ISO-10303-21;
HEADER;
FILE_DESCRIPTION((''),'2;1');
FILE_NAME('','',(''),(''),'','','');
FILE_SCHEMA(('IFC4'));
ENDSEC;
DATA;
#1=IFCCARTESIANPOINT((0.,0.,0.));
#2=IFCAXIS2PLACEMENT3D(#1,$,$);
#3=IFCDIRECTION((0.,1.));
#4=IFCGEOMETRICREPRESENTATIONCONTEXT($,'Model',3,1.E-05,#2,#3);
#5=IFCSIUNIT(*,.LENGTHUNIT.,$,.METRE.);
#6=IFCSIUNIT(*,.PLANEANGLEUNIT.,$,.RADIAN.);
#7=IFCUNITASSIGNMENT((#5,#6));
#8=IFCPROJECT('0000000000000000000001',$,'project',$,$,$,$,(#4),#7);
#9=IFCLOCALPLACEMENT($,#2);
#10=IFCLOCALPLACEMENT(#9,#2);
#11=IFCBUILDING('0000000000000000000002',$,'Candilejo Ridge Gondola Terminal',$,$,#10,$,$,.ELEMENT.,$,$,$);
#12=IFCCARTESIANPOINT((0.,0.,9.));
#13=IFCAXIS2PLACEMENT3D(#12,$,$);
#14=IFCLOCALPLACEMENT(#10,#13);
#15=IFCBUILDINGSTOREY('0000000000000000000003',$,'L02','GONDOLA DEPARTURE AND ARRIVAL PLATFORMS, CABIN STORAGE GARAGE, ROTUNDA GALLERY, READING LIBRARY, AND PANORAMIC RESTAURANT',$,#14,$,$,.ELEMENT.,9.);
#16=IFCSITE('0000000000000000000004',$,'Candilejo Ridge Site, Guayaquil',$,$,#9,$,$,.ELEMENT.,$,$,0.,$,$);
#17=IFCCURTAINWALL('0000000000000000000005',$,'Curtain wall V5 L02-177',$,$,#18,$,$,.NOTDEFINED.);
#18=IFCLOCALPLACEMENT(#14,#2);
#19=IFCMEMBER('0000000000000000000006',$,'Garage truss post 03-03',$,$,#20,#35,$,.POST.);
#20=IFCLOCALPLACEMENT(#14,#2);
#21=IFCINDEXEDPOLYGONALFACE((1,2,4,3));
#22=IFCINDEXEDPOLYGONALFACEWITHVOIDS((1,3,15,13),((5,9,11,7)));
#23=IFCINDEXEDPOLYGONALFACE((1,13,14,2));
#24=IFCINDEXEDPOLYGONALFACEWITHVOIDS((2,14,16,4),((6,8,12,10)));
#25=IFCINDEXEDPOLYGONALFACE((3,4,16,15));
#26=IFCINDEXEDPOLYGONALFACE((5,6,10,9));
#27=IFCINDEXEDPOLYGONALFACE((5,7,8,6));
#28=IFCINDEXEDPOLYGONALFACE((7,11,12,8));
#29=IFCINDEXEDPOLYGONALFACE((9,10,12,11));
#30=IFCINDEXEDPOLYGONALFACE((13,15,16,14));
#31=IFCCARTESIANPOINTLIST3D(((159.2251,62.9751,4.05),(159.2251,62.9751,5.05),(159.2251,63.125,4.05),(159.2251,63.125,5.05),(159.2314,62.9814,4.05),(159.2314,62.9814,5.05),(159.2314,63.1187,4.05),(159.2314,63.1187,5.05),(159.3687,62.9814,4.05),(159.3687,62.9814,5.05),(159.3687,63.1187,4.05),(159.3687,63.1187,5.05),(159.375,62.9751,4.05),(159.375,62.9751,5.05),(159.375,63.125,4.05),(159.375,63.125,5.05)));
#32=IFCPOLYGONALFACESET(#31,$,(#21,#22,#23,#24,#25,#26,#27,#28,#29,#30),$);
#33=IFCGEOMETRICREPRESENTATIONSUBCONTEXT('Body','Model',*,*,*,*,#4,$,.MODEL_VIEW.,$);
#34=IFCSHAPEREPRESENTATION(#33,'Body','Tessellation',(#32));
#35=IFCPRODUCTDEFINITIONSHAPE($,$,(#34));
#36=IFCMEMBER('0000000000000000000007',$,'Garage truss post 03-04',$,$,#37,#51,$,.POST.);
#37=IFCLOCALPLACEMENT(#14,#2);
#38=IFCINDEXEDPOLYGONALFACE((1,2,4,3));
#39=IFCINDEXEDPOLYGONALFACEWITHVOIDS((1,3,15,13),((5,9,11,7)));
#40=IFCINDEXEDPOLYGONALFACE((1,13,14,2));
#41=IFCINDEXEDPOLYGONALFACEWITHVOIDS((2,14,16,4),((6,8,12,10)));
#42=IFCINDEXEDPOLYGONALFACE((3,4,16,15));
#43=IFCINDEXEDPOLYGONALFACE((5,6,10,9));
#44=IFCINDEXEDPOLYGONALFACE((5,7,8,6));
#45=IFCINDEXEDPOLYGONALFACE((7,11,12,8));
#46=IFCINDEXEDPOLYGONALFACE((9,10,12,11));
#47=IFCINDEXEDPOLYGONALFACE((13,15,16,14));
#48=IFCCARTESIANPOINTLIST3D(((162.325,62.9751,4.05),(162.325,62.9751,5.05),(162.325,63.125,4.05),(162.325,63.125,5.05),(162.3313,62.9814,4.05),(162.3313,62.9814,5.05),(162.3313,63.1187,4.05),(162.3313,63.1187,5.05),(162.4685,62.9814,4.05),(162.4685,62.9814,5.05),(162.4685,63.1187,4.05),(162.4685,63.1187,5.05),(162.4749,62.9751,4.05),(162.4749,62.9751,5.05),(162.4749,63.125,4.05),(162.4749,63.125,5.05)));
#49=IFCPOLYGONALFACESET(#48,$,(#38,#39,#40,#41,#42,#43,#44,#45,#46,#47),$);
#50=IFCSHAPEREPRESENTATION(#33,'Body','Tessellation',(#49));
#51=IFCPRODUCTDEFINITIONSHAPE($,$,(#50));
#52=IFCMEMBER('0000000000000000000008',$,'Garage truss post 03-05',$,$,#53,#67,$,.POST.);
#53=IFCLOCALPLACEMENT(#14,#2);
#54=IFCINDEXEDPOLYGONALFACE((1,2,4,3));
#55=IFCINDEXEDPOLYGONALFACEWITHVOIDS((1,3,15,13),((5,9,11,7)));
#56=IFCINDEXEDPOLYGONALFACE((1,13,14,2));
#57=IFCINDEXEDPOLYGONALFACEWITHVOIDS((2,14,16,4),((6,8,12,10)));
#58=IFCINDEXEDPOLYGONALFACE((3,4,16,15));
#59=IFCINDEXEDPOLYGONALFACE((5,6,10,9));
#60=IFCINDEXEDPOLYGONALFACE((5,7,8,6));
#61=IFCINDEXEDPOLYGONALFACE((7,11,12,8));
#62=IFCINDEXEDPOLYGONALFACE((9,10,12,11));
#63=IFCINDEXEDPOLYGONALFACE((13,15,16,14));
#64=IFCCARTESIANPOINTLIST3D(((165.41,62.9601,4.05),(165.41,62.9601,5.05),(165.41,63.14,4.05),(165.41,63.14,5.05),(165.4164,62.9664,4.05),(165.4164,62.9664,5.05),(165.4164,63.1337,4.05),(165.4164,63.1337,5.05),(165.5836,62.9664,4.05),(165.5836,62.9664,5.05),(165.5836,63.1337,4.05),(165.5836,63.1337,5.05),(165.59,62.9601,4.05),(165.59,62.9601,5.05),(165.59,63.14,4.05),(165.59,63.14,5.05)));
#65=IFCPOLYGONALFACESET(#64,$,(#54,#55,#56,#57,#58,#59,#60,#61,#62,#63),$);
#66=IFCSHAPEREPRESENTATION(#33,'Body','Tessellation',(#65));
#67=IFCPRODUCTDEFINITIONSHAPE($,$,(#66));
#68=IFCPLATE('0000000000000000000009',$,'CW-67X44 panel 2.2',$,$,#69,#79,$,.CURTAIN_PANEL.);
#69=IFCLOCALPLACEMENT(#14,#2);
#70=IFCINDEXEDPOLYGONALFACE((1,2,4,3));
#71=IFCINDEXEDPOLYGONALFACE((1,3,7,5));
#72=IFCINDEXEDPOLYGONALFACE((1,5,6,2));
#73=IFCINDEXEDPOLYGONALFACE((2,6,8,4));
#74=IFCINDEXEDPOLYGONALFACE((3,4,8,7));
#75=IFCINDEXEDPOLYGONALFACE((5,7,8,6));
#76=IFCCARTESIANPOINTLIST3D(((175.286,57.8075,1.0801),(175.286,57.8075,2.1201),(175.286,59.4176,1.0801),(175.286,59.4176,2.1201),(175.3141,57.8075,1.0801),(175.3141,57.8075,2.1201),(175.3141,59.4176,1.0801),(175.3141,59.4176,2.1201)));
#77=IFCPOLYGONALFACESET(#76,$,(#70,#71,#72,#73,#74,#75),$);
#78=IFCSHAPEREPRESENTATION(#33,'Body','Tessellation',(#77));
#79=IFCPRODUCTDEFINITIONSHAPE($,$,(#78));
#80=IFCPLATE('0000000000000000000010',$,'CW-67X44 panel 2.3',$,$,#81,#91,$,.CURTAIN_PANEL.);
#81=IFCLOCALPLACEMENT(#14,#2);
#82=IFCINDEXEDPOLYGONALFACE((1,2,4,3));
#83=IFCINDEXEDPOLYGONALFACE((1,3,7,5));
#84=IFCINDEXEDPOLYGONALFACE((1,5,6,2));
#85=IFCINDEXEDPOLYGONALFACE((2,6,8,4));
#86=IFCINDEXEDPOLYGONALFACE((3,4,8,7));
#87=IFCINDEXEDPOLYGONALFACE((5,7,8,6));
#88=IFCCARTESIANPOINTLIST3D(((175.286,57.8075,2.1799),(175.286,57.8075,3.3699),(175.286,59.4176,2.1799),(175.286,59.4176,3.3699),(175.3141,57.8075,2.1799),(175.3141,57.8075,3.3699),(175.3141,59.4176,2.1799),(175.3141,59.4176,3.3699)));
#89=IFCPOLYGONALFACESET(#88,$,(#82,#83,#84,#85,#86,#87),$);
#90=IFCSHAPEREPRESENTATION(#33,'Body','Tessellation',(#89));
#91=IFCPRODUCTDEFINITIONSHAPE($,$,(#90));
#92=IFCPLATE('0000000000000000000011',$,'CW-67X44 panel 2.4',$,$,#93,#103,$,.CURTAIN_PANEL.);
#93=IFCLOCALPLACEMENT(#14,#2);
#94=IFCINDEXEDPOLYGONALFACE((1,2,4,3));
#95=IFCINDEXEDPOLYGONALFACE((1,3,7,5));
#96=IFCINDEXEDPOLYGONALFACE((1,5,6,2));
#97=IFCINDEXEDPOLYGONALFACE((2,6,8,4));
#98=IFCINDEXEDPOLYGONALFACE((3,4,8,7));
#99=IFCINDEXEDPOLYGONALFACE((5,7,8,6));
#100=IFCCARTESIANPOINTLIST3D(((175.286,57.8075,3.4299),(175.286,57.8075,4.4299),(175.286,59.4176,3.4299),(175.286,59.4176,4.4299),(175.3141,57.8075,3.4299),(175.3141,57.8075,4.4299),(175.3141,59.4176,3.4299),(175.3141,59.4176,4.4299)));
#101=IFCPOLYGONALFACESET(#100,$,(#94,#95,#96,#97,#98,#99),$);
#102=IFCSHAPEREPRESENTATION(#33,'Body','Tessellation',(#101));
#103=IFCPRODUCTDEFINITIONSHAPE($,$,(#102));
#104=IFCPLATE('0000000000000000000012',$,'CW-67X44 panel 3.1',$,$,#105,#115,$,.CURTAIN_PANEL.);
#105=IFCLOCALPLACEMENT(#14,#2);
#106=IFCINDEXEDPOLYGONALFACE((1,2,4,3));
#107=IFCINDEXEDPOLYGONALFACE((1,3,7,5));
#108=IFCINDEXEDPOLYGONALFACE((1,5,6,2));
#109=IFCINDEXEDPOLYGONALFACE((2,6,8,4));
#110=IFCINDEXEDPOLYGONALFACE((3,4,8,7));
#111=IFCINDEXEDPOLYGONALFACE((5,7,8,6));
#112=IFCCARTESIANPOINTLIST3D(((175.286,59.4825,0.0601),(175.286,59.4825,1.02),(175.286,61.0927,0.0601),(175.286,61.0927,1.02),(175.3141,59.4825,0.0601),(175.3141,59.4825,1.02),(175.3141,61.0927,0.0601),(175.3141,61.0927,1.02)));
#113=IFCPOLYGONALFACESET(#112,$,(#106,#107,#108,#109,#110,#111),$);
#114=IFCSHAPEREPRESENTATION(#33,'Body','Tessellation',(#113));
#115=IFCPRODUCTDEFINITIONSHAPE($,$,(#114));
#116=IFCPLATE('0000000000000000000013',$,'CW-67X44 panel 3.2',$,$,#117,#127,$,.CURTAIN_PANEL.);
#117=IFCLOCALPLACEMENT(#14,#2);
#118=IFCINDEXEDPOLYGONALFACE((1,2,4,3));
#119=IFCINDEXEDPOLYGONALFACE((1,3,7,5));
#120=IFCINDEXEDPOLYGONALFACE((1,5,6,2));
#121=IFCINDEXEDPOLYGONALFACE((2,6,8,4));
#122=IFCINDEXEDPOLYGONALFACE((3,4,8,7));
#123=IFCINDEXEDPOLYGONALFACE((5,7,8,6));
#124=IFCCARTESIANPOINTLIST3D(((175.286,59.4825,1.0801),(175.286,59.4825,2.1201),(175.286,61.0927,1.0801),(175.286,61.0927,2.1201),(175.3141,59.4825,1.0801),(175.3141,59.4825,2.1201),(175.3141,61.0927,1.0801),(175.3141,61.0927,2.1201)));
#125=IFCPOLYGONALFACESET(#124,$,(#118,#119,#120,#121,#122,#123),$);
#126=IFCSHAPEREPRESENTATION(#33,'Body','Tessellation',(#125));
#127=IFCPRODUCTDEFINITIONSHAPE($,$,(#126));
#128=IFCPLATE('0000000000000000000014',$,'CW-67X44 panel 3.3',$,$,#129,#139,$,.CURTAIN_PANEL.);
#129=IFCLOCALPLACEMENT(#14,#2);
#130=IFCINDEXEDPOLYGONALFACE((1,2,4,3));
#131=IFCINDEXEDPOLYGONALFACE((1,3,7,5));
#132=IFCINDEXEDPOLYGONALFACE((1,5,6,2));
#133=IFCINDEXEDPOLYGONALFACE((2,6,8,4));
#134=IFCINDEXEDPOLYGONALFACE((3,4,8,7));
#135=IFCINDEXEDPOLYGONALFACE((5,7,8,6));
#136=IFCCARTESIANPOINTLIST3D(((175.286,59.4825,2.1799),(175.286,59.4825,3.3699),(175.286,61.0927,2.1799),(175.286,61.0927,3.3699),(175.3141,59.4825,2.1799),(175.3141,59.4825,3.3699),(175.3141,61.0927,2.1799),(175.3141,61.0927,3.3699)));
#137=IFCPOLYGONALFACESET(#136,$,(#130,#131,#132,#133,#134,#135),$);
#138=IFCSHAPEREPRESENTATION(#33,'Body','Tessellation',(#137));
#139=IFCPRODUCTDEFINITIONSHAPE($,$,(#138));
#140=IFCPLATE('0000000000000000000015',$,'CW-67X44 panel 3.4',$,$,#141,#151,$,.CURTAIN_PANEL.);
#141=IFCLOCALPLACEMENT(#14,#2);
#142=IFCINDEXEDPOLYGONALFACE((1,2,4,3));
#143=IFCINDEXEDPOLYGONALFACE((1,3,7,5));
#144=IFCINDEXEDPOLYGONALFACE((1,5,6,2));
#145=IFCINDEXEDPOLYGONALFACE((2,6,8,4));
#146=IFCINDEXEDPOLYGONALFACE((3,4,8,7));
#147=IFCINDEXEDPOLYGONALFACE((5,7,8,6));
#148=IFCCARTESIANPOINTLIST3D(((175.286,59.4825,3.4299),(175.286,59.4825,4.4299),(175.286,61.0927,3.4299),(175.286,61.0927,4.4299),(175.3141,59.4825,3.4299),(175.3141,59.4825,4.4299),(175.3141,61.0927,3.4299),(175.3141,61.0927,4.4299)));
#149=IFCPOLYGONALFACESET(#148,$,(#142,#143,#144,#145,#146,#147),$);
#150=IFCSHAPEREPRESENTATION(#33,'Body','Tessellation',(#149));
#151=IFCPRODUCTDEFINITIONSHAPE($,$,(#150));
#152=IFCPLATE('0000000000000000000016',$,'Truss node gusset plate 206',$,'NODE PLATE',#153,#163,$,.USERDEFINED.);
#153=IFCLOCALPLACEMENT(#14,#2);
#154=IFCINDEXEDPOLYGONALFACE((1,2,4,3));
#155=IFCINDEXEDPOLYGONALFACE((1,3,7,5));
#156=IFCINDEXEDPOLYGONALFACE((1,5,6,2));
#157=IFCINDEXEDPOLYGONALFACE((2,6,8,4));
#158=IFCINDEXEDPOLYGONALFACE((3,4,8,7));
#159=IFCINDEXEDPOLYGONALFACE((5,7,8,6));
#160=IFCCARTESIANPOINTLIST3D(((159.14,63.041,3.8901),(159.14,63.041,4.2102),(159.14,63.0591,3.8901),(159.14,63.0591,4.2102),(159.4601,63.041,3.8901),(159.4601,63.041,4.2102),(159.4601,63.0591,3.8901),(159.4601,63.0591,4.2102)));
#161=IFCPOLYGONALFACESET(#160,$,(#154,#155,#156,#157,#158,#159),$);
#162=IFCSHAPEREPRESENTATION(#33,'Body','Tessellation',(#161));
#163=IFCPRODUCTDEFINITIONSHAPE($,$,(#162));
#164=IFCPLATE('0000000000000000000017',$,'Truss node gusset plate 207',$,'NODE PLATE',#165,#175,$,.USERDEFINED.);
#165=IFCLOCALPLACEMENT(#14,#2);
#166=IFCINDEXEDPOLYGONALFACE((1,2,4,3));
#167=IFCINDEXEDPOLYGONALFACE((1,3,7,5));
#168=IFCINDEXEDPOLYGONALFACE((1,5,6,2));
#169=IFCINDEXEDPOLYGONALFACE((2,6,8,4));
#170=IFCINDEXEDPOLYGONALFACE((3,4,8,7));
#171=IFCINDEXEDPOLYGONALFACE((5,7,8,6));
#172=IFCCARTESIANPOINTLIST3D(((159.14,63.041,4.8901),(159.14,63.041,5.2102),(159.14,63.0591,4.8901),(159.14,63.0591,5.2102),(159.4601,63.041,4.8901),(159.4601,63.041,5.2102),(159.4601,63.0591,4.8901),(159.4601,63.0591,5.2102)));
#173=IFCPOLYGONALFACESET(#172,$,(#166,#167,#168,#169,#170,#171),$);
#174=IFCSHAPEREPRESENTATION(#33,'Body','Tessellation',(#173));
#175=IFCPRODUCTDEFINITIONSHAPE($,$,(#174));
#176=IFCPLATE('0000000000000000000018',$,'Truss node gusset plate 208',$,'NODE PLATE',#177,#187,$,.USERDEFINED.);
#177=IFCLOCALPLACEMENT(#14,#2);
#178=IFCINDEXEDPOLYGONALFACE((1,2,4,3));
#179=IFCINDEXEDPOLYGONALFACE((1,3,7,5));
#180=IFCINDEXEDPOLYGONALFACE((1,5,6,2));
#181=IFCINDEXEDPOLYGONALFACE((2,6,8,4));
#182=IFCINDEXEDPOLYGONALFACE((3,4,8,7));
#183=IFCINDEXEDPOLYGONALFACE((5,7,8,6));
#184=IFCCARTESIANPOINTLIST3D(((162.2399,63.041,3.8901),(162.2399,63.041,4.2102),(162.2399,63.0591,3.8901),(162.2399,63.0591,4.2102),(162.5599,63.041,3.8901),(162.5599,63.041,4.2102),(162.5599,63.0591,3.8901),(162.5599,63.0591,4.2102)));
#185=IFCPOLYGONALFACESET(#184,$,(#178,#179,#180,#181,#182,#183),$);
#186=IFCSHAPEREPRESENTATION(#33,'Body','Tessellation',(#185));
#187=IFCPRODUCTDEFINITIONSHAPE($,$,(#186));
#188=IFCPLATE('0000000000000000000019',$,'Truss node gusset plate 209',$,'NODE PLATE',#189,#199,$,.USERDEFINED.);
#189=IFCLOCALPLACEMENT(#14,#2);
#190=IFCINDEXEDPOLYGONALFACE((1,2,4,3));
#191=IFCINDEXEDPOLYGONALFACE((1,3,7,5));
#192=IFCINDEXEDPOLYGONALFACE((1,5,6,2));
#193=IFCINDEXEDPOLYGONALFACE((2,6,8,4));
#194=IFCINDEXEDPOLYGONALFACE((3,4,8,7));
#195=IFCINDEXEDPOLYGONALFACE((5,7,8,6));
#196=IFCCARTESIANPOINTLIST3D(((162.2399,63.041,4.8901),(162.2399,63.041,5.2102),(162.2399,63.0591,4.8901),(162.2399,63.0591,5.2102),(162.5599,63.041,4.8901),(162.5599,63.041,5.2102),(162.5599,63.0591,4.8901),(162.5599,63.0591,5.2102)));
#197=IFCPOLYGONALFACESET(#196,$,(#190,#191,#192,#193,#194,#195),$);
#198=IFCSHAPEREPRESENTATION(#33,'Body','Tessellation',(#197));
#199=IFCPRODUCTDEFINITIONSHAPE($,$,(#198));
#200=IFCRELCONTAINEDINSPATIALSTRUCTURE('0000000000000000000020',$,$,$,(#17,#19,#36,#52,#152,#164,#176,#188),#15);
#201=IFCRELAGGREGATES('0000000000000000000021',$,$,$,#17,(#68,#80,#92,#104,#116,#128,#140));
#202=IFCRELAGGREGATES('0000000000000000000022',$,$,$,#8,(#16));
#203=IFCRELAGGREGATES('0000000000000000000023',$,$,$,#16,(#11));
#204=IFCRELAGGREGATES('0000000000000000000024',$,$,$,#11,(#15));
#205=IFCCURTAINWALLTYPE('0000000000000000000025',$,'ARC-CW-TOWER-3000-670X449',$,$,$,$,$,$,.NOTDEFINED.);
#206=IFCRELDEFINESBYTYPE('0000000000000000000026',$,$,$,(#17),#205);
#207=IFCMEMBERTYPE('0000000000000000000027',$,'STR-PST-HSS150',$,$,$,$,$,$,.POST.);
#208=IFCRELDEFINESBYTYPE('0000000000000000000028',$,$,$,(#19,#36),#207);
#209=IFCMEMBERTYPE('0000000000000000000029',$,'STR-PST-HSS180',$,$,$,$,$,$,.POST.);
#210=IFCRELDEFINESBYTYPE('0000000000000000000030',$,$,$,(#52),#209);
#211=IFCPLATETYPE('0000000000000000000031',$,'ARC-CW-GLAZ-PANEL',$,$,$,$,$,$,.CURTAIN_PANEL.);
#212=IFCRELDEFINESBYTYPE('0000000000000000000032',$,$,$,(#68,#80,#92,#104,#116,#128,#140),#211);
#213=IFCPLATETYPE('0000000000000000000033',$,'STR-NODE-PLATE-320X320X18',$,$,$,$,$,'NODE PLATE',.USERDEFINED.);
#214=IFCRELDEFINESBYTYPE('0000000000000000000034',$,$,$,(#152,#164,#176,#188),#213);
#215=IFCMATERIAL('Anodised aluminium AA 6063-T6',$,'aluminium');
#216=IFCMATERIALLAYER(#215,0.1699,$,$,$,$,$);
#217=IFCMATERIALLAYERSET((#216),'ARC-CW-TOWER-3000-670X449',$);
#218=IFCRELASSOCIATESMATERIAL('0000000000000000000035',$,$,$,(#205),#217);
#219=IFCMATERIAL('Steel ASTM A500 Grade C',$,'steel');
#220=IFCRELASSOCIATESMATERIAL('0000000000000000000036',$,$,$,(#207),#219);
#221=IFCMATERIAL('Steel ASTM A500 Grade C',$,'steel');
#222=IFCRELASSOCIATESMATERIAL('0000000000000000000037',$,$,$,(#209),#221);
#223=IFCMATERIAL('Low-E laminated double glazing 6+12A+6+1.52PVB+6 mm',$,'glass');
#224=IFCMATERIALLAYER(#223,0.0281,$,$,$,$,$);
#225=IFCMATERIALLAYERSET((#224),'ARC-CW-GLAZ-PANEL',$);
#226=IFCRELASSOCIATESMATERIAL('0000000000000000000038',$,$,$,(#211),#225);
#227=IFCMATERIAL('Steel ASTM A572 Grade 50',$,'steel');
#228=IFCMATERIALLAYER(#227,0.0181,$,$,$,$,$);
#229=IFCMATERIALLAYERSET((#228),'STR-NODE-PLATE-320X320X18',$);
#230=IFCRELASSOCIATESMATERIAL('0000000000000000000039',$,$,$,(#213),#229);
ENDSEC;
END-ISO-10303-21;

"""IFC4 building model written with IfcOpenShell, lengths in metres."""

from ifc_helpers import new_model, si_unit, direction, frame, origin, origin_2d, place, context, subcontext, project, spatial, rectangle, hollow_rectangle, extrude, material, layer, layer_set, material_profile, profile_set, type_object, element, aggregate, save


model = new_model("IFC4")

# Units and contexts
model_context = context("Model", 3, precision=1e-05, world=origin(), true_north=direction((0.0, 1.0)))
body_context = subcontext(model_context, "Body", "Model", "MODEL_VIEW")
ifc_project = project(units=[si_unit("LENGTHUNIT", "METRE"), si_unit("PLANEANGLEUNIT", "RADIAN")], contexts=[model_context])

# Site, building, storey
site_placement = place(None, origin())
site = spatial("IfcSite", under=ifc_project, at=site_placement, Name="Candilejo Ridge Site, Guayaquil", CompositionType="ELEMENT", RefElevation=0.0)
building_placement = place(site_placement, origin())
building = spatial("IfcBuilding", under=site, at=building_placement, Name="Candilejo Ridge Gondola Terminal", CompositionType="ELEMENT")
storey_placement = place(building_placement, frame((0.0, 0.0, 9.0)))
storey = spatial("IfcBuildingStorey", under=building, at=storey_placement, Name="L02", Description="GONDOLA DEPARTURE AND ARRIVAL PLATFORMS, CABIN STORAGE GARAGE, ROTUNDA GALLERY, READING LIBRARY, AND PANORAMIC RESTAURANT", CompositionType="ELEMENT", Elevation=9.0)

# Curtain wall
ifc_material_1 = material(Name="Anodised aluminium AA 6063-T6", Category="aluminium")
ifc_layer_1 = layer(ifc_material_1, 0.1699)
ifc_layer_set_1 = layer_set([ifc_layer_1], Name="ARC-CW-TOWER-3000-670X449")
curtain_wall_type = type_object("IfcCurtainWallType", Name="ARC-CW-TOWER-3000-670X449", PredefinedType="NOTDEFINED", material=ifc_layer_set_1)
curtain_wall_placement = place(storey_placement, origin())
curtain_wall = element("IfcCurtainWall", 1, at=curtain_wall_placement, inside=storey, type_object=curtain_wall_type, Name="Curtain wall V5 L02-177", PredefinedType="NOTDEFINED")

# Members
ifc_material_2 = material(Name="Steel ASTM A500 Grade C", Category="steel")
ifc_material_profile_1 = material_profile(ifc_material_2, hollow_rectangle(XDim=0.1499, YDim=0.1499, WallThickness=0.0063, at=origin_2d()))
ifc_profile_set_1 = profile_set([ifc_material_profile_1], Name="Steel ASTM A500 Grade C")
member_type_1 = type_object("IfcMemberType", Name="STR-PST-HSS150", PredefinedType="POST", material=ifc_profile_set_1)
for number, where, z_axis, x_axis, name in (
    (2, (159.3, 63.05, 4.05), (0.0, 0.0, 1.0), (1.0, 0.0, 0.0), "Garage truss post 03-03"),
    (3, (162.3999, 63.05, 4.05), (0.0, 0.0, 1.0), (1.0, 0.0, 0.0), "Garage truss post 03-04"),
):
    element("IfcMember", number, at=place(storey_placement, frame(where, z_axis=z_axis, x_axis=x_axis)), inside=storey, type_object=member_type_1, Name=name, PredefinedType="POST", context=body_context, shape_type="SweptSolid", body=[
        extrude(hollow_rectangle(XDim=0.1499, YDim=0.1499, WallThickness=0.0063, at=origin_2d()), origin(), (0.0, 0.0, 1.0), 1.0),
    ])
ifc_material_3 = material(Name="Steel ASTM A500 Grade C", Category="steel")
ifc_material_profile_2 = material_profile(ifc_material_3, hollow_rectangle(XDim=0.1799, YDim=0.1799, WallThickness=0.0063, at=origin_2d()))
ifc_profile_set_2 = profile_set([ifc_material_profile_2], Name="Steel ASTM A500 Grade C")
member_type_2 = type_object("IfcMemberType", Name="STR-PST-HSS180", PredefinedType="POST", material=ifc_profile_set_2)
member_1_placement = place(storey_placement, frame((165.5, 63.05, 4.05), z_axis=(0.0, 0.0, 1.0), x_axis=(1.0, 0.0, 0.0)))
element("IfcMember", 4, at=member_1_placement, inside=storey, type_object=member_type_2, Name="Garage truss post 03-05", PredefinedType="POST", context=body_context, shape_type="SweptSolid", body=[
    extrude(hollow_rectangle(XDim=0.1799, YDim=0.1799, WallThickness=0.0063, at=origin_2d()), origin(), (0.0, 0.0, 1.0), 1.0),
])

# Plates
ifc_material_4 = material(Name="Low-E laminated double glazing 6+12A+6+1.52PVB+6 mm", Category="glass")
ifc_layer_2 = layer(ifc_material_4, 0.0281)
ifc_layer_set_2 = layer_set([ifc_layer_2], Name="ARC-CW-GLAZ-PANEL")
plate_type_1 = type_object("IfcPlateType", Name="ARC-CW-GLAZ-PANEL", PredefinedType="CURTAIN_PANEL", material=ifc_layer_set_2)
plate_1_placement = place(storey_placement, frame((175.3, 58.6125, 1.0801), z_axis=(0.0, 0.0, 1.0), x_axis=(0.0, 1.0, 0.0)))
plate_1 = element("IfcPlate", 5, at=plate_1_placement, type_object=plate_type_1, Name="CW-67X44 panel 2.2", PredefinedType="CURTAIN_PANEL", context=body_context, shape_type="SweptSolid", body=[
    extrude(rectangle(XDim=1.6101, YDim=0.0281, at=origin_2d()), origin(), (0.0, 0.0, 1.0), 1.04),
])
plate_2_placement = place(storey_placement, frame((175.3, 58.6125, 2.1799), z_axis=(0.0, 0.0, 1.0), x_axis=(0.0, 1.0, 0.0)))
plate_2 = element("IfcPlate", 6, at=plate_2_placement, type_object=plate_type_1, Name="CW-67X44 panel 2.3", PredefinedType="CURTAIN_PANEL", context=body_context, shape_type="SweptSolid", body=[
    extrude(rectangle(XDim=1.6101, YDim=0.0281, at=origin_2d()), origin(), (0.0, 0.0, 1.0), 1.1899),
])
plate_3_placement = place(storey_placement, frame((175.3, 58.6125, 3.4299), z_axis=(0.0, 0.0, 1.0), x_axis=(0.0, 1.0, 0.0)))
plate_3 = element("IfcPlate", 7, at=plate_3_placement, type_object=plate_type_1, Name="CW-67X44 panel 2.4", PredefinedType="CURTAIN_PANEL", context=body_context, shape_type="SweptSolid", body=[
    extrude(rectangle(XDim=1.6101, YDim=0.0281, at=origin_2d()), origin(), (0.0, 0.0, 1.0), 1.0),
])
plate_4_placement = place(storey_placement, frame((175.3, 60.2876, 0.0601), z_axis=(0.0, 0.0, 1.0), x_axis=(0.0, 1.0, 0.0)))
plate_4 = element("IfcPlate", 8, at=plate_4_placement, type_object=plate_type_1, Name="CW-67X44 panel 3.1", PredefinedType="CURTAIN_PANEL", context=body_context, shape_type="SweptSolid", body=[
    extrude(rectangle(XDim=1.6101, YDim=0.0281, at=origin_2d()), origin(), (0.0, 0.0, 1.0), 0.96),
])
plate_5_placement = place(storey_placement, frame((175.3, 60.2876, 1.0801), z_axis=(0.0, 0.0, 1.0), x_axis=(0.0, 1.0, 0.0)))
plate_5 = element("IfcPlate", 9, at=plate_5_placement, type_object=plate_type_1, Name="CW-67X44 panel 3.2", PredefinedType="CURTAIN_PANEL", context=body_context, shape_type="SweptSolid", body=[
    extrude(rectangle(XDim=1.6101, YDim=0.0281, at=origin_2d()), origin(), (0.0, 0.0, 1.0), 1.04),
])
plate_6_placement = place(storey_placement, frame((175.3, 60.2876, 2.1799), z_axis=(0.0, 0.0, 1.0), x_axis=(0.0, 1.0, 0.0)))
plate_6 = element("IfcPlate", 10, at=plate_6_placement, type_object=plate_type_1, Name="CW-67X44 panel 3.3", PredefinedType="CURTAIN_PANEL", context=body_context, shape_type="SweptSolid", body=[
    extrude(rectangle(XDim=1.6101, YDim=0.0281, at=origin_2d()), origin(), (0.0, 0.0, 1.0), 1.1899),
])
plate_7_placement = place(storey_placement, frame((175.3, 60.2876, 3.4299), z_axis=(0.0, 0.0, 1.0), x_axis=(0.0, 1.0, 0.0)))
plate_7 = element("IfcPlate", 11, at=plate_7_placement, type_object=plate_type_1, Name="CW-67X44 panel 3.4", PredefinedType="CURTAIN_PANEL", context=body_context, shape_type="SweptSolid", body=[
    extrude(rectangle(XDim=1.6101, YDim=0.0281, at=origin_2d()), origin(), (0.0, 0.0, 1.0), 1.0),
])
aggregate(curtain_wall, [plate_1, plate_2, plate_3, plate_4, plate_5, plate_6, plate_7])

# Plates
ifc_material_5 = material(Name="Steel ASTM A572 Grade 50", Category="steel")
ifc_layer_3 = layer(ifc_material_5, 0.0181)
ifc_layer_set_3 = layer_set([ifc_layer_3], Name="STR-NODE-PLATE-320X320X18")
plate_type_2 = type_object("IfcPlateType", Name="STR-NODE-PLATE-320X320X18", ElementType="NODE PLATE", PredefinedType="USERDEFINED", material=ifc_layer_set_3)
for number, where, z_axis, x_axis, name in (
    (12, (159.3, 63.05, 3.8901), (0.0, 0.0, 1.0), (1.0, 0.0, 0.0), "Truss node gusset plate 206"),
    (13, (159.3, 63.05, 4.8901), (0.0, 0.0, 1.0), (1.0, 0.0, 0.0), "Truss node gusset plate 207"),
    (14, (162.3999, 63.05, 3.8901), (0.0, 0.0, 1.0), (1.0, 0.0, 0.0), "Truss node gusset plate 208"),
    (15, (162.3999, 63.05, 4.8901), (0.0, 0.0, 1.0), (1.0, 0.0, 0.0), "Truss node gusset plate 209"),
):
    element("IfcPlate", number, at=place(storey_placement, frame(where, z_axis=z_axis, x_axis=x_axis)), inside=storey, type_object=plate_type_2, Name=name, ObjectType="NODE PLATE", PredefinedType="USERDEFINED", context=body_context, shape_type="SweptSolid", body=[
        extrude(rectangle(XDim=0.3201, YDim=0.0181, at=origin_2d()), origin(), (0.0, 0.0, 1.0), 0.3201),
    ])

save(model, "model.ifc")
